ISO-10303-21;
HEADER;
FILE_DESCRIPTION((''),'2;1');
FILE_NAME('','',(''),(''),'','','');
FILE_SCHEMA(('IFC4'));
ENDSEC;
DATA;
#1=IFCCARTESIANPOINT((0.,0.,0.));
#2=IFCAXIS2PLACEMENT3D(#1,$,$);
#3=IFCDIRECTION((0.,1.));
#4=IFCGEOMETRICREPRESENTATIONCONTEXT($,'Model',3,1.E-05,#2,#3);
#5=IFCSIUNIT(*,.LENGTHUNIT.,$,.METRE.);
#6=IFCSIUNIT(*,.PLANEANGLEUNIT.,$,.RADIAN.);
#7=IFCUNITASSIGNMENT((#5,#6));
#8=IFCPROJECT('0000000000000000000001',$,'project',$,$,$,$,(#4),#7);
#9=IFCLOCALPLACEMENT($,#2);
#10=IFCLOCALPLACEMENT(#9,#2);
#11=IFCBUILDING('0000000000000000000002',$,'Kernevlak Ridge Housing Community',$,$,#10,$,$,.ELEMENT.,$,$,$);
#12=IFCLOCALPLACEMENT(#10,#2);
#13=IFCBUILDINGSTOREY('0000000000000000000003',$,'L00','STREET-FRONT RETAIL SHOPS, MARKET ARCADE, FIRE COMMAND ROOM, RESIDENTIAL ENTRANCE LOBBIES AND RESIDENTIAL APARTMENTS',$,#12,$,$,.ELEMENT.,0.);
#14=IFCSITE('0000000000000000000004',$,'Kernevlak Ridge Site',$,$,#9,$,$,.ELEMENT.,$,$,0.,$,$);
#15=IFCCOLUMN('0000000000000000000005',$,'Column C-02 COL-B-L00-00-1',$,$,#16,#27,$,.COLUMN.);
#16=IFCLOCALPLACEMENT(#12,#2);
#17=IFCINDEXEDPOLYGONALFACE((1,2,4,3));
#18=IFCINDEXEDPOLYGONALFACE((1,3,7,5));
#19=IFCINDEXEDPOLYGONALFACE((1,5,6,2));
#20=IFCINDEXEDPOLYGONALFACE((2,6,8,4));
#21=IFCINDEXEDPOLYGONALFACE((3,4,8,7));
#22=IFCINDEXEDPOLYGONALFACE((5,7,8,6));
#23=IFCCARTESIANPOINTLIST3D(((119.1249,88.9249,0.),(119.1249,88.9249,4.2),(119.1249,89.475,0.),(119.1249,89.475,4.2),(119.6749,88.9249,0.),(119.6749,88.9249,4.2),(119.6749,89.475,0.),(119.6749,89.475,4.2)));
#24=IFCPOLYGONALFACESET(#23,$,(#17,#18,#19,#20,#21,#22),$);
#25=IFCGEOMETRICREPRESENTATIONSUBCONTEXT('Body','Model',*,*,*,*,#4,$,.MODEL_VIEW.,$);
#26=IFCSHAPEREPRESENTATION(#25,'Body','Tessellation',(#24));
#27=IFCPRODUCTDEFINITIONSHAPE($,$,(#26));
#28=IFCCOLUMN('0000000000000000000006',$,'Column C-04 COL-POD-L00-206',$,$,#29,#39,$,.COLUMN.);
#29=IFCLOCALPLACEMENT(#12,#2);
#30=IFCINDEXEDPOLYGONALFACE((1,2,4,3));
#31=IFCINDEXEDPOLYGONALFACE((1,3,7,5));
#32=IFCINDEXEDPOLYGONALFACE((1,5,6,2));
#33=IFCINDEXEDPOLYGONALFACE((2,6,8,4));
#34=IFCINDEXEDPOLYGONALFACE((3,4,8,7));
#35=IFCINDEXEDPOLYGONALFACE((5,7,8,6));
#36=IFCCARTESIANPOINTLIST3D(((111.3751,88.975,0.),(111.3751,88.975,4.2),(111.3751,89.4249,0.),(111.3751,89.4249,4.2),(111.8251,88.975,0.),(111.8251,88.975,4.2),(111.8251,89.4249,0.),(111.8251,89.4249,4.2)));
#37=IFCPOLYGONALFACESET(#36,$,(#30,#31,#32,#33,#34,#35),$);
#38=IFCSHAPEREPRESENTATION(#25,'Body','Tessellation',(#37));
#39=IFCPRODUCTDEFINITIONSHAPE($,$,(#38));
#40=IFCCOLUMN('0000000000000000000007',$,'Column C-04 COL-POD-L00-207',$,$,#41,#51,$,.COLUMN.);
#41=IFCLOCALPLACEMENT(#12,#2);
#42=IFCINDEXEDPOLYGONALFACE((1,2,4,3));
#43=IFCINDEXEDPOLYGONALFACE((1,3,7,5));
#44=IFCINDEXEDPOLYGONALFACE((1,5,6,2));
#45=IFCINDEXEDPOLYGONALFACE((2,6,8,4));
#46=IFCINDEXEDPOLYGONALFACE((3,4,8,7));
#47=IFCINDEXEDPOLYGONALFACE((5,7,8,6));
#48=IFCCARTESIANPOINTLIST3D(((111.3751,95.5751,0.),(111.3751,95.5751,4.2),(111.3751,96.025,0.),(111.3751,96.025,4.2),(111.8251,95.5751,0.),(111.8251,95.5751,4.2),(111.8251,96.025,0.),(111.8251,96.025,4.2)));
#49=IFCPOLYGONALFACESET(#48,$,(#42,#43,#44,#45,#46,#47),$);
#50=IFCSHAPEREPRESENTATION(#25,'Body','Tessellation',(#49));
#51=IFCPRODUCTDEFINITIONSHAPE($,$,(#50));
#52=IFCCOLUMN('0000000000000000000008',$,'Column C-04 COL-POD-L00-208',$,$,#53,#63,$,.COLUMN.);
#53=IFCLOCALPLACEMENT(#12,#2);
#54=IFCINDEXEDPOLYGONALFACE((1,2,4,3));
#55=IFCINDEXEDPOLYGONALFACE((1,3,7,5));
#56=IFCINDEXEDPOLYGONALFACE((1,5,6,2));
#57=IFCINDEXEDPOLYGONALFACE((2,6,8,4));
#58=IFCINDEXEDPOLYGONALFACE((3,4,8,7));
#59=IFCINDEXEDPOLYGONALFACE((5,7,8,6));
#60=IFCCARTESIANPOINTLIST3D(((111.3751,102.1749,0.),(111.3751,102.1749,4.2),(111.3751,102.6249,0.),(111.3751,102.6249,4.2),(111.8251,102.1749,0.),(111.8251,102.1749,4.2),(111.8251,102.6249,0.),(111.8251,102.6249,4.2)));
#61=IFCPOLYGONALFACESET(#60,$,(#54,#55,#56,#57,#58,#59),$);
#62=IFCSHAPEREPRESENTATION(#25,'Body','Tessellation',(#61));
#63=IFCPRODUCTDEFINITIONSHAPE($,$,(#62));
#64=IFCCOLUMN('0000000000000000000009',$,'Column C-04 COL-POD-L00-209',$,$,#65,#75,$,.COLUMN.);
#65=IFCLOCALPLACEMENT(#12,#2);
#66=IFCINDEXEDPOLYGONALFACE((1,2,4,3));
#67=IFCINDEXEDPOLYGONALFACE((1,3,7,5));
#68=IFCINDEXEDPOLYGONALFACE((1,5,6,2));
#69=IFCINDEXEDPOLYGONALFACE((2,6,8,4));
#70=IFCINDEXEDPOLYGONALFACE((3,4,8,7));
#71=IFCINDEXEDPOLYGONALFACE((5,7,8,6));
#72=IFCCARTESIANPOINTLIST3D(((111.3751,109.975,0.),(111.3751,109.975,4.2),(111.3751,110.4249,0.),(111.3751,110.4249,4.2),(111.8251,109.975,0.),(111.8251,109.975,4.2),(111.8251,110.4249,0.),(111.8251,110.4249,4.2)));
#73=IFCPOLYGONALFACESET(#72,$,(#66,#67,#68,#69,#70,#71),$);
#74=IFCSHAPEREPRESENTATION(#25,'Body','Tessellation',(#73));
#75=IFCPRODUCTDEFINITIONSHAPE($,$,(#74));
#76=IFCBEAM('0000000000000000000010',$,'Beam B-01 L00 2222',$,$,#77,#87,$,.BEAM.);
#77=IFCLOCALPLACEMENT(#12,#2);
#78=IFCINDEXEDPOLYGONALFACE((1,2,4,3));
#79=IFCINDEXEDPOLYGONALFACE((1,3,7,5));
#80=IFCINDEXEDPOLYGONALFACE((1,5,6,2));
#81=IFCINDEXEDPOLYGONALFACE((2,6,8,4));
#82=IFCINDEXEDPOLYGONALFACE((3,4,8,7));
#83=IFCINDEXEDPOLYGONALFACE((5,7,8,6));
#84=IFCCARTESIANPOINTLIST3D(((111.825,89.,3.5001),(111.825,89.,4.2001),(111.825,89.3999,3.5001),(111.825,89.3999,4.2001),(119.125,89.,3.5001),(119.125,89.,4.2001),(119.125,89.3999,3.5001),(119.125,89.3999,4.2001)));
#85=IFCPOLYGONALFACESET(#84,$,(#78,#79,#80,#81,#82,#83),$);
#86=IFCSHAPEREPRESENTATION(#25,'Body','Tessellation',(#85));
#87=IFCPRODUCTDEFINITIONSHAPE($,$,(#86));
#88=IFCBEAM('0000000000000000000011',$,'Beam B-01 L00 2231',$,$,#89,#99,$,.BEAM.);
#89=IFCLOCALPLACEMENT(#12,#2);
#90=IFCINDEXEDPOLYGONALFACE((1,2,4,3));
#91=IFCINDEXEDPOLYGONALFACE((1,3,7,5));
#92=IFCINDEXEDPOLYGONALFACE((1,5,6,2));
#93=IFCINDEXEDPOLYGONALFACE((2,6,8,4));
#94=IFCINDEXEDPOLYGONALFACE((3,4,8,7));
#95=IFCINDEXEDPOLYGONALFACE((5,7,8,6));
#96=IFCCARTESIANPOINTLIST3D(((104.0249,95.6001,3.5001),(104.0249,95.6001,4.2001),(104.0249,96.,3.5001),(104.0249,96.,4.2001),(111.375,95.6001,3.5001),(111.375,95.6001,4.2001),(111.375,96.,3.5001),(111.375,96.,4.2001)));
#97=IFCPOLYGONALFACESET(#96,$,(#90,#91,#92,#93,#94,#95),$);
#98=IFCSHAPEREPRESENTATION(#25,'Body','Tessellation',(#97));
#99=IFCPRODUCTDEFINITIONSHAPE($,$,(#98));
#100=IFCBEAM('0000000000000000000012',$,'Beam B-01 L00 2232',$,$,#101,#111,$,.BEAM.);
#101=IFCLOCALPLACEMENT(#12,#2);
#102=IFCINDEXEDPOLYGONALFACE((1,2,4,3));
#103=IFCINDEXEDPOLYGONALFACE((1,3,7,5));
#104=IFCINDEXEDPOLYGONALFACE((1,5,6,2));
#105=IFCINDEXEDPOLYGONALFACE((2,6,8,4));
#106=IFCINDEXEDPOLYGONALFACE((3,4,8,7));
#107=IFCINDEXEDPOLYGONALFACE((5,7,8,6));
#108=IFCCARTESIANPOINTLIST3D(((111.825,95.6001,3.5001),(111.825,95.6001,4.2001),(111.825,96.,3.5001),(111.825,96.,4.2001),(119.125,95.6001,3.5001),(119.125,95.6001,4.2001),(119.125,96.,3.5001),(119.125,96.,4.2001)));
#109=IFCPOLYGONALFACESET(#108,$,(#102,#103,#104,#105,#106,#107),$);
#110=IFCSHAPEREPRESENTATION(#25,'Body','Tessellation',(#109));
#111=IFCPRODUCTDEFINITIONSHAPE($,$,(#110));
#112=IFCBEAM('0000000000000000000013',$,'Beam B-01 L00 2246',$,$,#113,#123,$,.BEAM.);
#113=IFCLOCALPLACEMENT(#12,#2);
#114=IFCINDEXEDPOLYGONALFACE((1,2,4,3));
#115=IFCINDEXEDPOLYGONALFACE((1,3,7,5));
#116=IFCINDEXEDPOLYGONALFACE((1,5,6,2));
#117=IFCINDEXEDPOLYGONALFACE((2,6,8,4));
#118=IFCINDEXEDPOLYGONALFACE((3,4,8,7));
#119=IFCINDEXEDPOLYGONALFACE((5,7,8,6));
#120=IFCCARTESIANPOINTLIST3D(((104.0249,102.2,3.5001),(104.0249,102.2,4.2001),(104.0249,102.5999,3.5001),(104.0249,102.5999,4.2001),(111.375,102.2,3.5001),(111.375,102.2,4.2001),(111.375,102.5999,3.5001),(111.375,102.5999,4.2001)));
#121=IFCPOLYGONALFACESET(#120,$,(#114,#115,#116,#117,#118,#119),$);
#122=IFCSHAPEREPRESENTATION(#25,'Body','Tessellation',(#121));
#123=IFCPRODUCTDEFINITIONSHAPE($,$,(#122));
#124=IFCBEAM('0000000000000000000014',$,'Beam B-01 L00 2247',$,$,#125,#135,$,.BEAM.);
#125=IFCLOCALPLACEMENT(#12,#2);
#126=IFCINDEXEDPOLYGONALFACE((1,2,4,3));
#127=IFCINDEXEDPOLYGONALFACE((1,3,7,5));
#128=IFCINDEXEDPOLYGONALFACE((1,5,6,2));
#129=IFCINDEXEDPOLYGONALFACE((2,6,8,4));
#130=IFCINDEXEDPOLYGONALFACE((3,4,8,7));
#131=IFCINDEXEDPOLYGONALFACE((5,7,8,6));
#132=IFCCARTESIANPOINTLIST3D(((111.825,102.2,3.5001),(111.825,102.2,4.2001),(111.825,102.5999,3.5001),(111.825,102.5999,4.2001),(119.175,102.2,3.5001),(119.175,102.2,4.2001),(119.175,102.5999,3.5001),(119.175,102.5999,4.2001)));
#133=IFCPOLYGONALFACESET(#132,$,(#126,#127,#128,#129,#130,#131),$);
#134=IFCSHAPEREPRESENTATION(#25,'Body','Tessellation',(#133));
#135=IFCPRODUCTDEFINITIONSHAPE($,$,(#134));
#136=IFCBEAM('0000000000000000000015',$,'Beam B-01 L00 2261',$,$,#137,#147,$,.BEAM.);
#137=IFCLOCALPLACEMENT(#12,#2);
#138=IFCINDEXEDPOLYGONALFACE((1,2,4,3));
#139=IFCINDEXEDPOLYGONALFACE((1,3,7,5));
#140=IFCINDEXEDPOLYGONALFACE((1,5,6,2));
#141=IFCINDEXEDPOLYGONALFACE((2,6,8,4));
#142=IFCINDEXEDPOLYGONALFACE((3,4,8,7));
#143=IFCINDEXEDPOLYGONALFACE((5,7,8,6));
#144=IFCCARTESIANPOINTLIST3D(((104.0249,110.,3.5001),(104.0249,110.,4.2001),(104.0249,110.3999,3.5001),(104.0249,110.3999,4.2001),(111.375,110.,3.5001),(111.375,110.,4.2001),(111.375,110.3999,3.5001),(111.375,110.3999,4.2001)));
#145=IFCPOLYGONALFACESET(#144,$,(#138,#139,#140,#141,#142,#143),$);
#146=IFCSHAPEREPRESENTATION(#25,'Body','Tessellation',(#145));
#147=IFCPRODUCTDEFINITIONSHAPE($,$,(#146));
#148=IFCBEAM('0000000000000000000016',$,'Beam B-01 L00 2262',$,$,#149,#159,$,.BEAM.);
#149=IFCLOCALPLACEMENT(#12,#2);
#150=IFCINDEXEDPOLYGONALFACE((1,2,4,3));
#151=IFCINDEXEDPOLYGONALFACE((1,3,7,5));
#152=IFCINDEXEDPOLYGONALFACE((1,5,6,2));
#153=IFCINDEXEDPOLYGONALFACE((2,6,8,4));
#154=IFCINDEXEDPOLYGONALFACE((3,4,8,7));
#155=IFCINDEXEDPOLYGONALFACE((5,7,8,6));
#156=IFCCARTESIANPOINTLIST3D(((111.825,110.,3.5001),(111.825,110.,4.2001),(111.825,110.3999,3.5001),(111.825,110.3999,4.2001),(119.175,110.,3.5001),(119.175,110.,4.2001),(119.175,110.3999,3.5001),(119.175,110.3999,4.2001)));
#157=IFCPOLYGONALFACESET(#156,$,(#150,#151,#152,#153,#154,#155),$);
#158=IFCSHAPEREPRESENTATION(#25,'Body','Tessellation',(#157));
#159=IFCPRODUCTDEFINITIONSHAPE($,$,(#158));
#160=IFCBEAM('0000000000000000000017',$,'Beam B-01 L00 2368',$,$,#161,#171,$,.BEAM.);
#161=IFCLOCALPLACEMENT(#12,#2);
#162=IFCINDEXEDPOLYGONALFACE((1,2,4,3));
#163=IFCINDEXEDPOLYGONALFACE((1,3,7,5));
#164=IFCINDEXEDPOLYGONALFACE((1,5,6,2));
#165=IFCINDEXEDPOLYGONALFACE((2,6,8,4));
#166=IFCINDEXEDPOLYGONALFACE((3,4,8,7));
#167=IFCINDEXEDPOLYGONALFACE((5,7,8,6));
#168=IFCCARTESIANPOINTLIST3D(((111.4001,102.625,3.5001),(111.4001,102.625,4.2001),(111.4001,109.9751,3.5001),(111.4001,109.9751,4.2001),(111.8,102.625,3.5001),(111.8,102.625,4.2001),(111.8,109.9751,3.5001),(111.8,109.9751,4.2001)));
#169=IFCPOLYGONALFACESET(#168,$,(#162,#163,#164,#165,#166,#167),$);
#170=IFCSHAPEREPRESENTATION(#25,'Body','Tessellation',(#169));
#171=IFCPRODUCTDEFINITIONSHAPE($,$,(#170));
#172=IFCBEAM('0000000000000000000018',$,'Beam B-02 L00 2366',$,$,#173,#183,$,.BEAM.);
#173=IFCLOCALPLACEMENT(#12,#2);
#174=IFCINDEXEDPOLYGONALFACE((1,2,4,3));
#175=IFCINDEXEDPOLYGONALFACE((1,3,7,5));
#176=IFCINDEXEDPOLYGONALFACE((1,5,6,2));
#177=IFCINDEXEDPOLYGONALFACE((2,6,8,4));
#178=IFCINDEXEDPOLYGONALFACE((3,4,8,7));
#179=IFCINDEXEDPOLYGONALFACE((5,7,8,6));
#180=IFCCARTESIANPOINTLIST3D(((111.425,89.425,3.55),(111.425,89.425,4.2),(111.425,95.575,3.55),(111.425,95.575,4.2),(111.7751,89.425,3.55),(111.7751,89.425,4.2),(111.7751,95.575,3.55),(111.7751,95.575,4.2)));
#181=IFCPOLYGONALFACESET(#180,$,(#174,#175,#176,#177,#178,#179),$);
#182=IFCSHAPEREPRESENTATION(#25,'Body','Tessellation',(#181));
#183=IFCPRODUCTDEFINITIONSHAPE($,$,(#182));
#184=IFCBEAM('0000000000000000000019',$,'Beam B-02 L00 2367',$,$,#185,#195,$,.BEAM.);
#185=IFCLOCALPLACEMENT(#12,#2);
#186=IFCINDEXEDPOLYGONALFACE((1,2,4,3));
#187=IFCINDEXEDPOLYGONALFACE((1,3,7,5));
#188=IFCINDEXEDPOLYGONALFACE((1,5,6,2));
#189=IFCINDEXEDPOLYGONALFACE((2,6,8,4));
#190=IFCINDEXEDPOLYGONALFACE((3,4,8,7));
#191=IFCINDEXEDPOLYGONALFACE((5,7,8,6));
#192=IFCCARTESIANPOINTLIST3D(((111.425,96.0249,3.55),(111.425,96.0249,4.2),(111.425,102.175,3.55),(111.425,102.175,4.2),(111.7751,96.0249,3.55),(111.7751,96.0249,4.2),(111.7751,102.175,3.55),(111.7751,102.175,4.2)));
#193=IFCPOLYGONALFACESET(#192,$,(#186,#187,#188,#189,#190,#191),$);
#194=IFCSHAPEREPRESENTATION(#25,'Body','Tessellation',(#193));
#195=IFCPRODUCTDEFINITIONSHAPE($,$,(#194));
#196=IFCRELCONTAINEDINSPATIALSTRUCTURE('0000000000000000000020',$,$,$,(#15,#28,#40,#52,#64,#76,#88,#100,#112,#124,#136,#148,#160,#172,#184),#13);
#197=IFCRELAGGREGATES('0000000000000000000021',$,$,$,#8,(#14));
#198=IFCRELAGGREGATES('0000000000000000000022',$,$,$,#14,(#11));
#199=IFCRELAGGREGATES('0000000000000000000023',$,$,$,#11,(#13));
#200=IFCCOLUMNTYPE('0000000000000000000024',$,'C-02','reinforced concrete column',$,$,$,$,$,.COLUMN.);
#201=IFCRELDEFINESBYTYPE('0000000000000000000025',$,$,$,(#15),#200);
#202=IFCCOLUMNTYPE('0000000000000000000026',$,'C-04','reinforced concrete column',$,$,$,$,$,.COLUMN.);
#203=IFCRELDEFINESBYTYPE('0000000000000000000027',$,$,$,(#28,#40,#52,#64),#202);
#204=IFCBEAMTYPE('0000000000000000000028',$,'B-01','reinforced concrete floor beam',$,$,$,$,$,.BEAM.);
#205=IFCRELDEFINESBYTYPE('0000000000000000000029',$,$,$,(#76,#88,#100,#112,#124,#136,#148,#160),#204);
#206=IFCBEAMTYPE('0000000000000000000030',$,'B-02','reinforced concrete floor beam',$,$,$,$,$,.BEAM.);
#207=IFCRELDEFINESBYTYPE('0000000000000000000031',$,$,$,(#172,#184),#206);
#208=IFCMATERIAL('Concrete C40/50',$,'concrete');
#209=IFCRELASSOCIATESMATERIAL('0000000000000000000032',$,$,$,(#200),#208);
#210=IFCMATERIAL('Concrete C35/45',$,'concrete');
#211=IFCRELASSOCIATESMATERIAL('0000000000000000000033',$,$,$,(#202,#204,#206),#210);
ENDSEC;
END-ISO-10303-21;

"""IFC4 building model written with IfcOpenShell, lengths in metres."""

from ifc_helpers import new_model, si_unit, direction, frame, origin, origin_2d, place, context, subcontext, project, spatial, rectangle, extrude, material, material_profile, profile_set, type_object, element, save


model = new_model("IFC4")

# Units and contexts
model_context = context("Model", 3, precision=1e-05, world=origin(), true_north=direction((0.0, 1.0)))
body_context = subcontext(model_context, "Body", "Model", "MODEL_VIEW")
ifc_project = project(units=[si_unit("LENGTHUNIT", "METRE"), si_unit("PLANEANGLEUNIT", "RADIAN")], contexts=[model_context])

# Site, building, storey
site_placement = place(None, origin())
site = spatial("IfcSite", under=ifc_project, at=site_placement, Name="Kernevlak Ridge Site", CompositionType="ELEMENT", RefElevation=0.0)
building_placement = place(site_placement, origin())
building = spatial("IfcBuilding", under=site, at=building_placement, Name="Kernevlak Ridge Housing Community", CompositionType="ELEMENT")
storey_placement = place(building_placement, origin())
storey = spatial("IfcBuildingStorey", under=building, at=storey_placement, Name="L00", Description="STREET-FRONT RETAIL SHOPS, MARKET ARCADE, FIRE COMMAND ROOM, RESIDENTIAL ENTRANCE LOBBIES AND RESIDENTIAL APARTMENTS", CompositionType="ELEMENT", Elevation=0.0)

# Columns
ifc_material_1 = material(Name="Concrete C40/50", Category="concrete")
ifc_material_profile_1 = material_profile(ifc_material_1, rectangle(XDim=0.55, YDim=0.55, at=origin_2d()), Name="RC 550x550")
ifc_profile_set_1 = profile_set([ifc_material_profile_1], Name="Concrete C40/50")
column_type_1 = type_object("IfcColumnType", Name="C-02", Description="reinforced concrete column", PredefinedType="COLUMN", material=ifc_profile_set_1)
column_placement = place(storey_placement, frame((119.3999, 89.2, 0.0), z_axis=(0.0, 0.0, 1.0), x_axis=(1.0, 0.0, 0.0)))
element("IfcColumn", 1, at=column_placement, inside=storey, type_object=column_type_1, Name="Column C-02 COL-B-L00-00-1", PredefinedType="COLUMN", context=body_context, shape_type="SweptSolid", body=[
    extrude(rectangle(XDim=0.55, YDim=0.55, at=origin_2d()), origin(), (0.0, 0.0, 1.0), 4.2),
])
ifc_material_2 = material(Name="Concrete C35/45", Category="concrete")
ifc_material_profile_2 = material_profile(ifc_material_2, rectangle(XDim=0.45, YDim=0.45, at=origin_2d()), Name="RC 450x450")
ifc_profile_set_2 = profile_set([ifc_material_profile_2], Name="Concrete C35/45")
column_type_2 = type_object("IfcColumnType", Name="C-04", Description="reinforced concrete column", PredefinedType="COLUMN", material=ifc_profile_set_2)
for number, where, z_axis, x_axis, name in (
    (2, (111.6001, 89.2, 0.0), (0.0, 0.0, 1.0), (1.0, 0.0, 0.0), "Column C-04 COL-POD-L00-206"),
    (3, (111.6001, 95.8, 0.0), (0.0, 0.0, 1.0), (1.0, 0.0, 0.0), "Column C-04 COL-POD-L00-207"),
    (4, (111.6001, 102.3999, 0.0), (0.0, 0.0, 1.0), (1.0, 0.0, 0.0), "Column C-04 COL-POD-L00-208"),
    (5, (111.6001, 110.2, 0.0), (0.0, 0.0, 1.0), (1.0, 0.0, 0.0), "Column C-04 COL-POD-L00-209"),
):
    element("IfcColumn", number, at=place(storey_placement, frame(where, z_axis=z_axis, x_axis=x_axis)), inside=storey, type_object=column_type_2, Name=name, PredefinedType="COLUMN", context=body_context, shape_type="SweptSolid", body=[
        extrude(rectangle(XDim=0.45, YDim=0.45, at=origin_2d()), origin(), (0.0, 0.0, 1.0), 4.2),
    ])

# Beams
ifc_material_profile_3 = material_profile(ifc_material_2, rectangle(XDim=0.3999, YDim=0.7, at=origin_2d()), Name="RC 400x700")
ifc_profile_set_3 = profile_set([ifc_material_profile_3], Name="Concrete C35/45")
beam_type_1 = type_object("IfcBeamType", Name="B-01", Description="reinforced concrete floor beam", PredefinedType="BEAM", material=ifc_profile_set_3)
beam_1_placement = place(storey_placement, frame((111.825, 89.2, 3.8501), z_axis=(1.0, 0.0, 0.0), x_axis=(0.0, 1.0, 0.0)))
element("IfcBeam", 6, at=beam_1_placement, inside=storey, type_object=beam_type_1, Name="Beam B-01 L00 2222", PredefinedType="BEAM", context=body_context, shape_type="SweptSolid", body=[
    extrude(rectangle(XDim=0.3999, YDim=0.7, at=origin_2d()), origin(), (0.0, 0.0, 1.0), 7.3),
])
beam_2_placement = place(storey_placement, frame((104.0249, 95.8, 3.8501), z_axis=(1.0, 0.0, 0.0), x_axis=(0.0, 1.0, 0.0)))
element("IfcBeam", 7, at=beam_2_placement, inside=storey, type_object=beam_type_1, Name="Beam B-01 L00 2231", PredefinedType="BEAM", context=body_context, shape_type="SweptSolid", body=[
    extrude(rectangle(XDim=0.3999, YDim=0.7, at=origin_2d()), origin(), (0.0, 0.0, 1.0), 7.3501),
])
beam_3_placement = place(storey_placement, frame((111.825, 95.8, 3.8501), z_axis=(1.0, 0.0, 0.0), x_axis=(0.0, 1.0, 0.0)))
element("IfcBeam", 8, at=beam_3_placement, inside=storey, type_object=beam_type_1, Name="Beam B-01 L00 2232", PredefinedType="BEAM", context=body_context, shape_type="SweptSolid", body=[
    extrude(rectangle(XDim=0.3999, YDim=0.7, at=origin_2d()), origin(), (0.0, 0.0, 1.0), 7.3),
])
for number, where, z_axis, x_axis, name in (
    (9, (104.0249, 102.3999, 3.8501), (1.0, 0.0, 0.0), (0.0, 1.0, 0.0), "Beam B-01 L00 2246"),
    (10, (111.825, 102.3999, 3.8501), (1.0, 0.0, 0.0), (0.0, 1.0, 0.0), "Beam B-01 L00 2247"),
    (11, (104.0249, 110.2, 3.8501), (1.0, 0.0, 0.0), (0.0, 1.0, 0.0), "Beam B-01 L00 2261"),
    (12, (111.825, 110.2, 3.8501), (1.0, 0.0, 0.0), (0.0, 1.0, 0.0), "Beam B-01 L00 2262"),
    (13, (111.6001, 102.625, 3.8501), (0.0, 1.0, 0.0), (-1.0, 0.0, 0.0), "Beam B-01 L00 2368"),
):
    element("IfcBeam", number, at=place(storey_placement, frame(where, z_axis=z_axis, x_axis=x_axis)), inside=storey, type_object=beam_type_1, Name=name, PredefinedType="BEAM", context=body_context, shape_type="SweptSolid", body=[
        extrude(rectangle(XDim=0.3999, YDim=0.7, at=origin_2d()), origin(), (0.0, 0.0, 1.0), 7.3501),
    ])
ifc_material_profile_4 = material_profile(ifc_material_2, rectangle(XDim=0.3501, YDim=0.6499, at=origin_2d()), Name="RC 350x650")
ifc_profile_set_4 = profile_set([ifc_material_profile_4], Name="Concrete C35/45")
beam_type_2 = type_object("IfcBeamType", Name="B-02", Description="reinforced concrete floor beam", PredefinedType="BEAM", material=ifc_profile_set_4)
beam_4_placement = place(storey_placement, frame((111.6001, 89.425, 3.875), z_axis=(0.0, 1.0, 0.0), x_axis=(-1.0, 0.0, 0.0)))
element("IfcBeam", 14, at=beam_4_placement, inside=storey, type_object=beam_type_2, Name="Beam B-02 L00 2366", PredefinedType="BEAM", context=body_context, shape_type="SweptSolid", body=[
    extrude(rectangle(XDim=0.3501, YDim=0.6499, at=origin_2d()), origin(), (0.0, 0.0, 1.0), 6.1499),
])
beam_5_placement = place(storey_placement, frame((111.6001, 96.0249, 3.875), z_axis=(0.0, 1.0, 0.0), x_axis=(-1.0, 0.0, 0.0)))
element("IfcBeam", 15, at=beam_5_placement, inside=storey, type_object=beam_type_2, Name="Beam B-02 L00 2367", PredefinedType="BEAM", context=body_context, shape_type="SweptSolid", body=[
    extrude(rectangle(XDim=0.3501, YDim=0.6499, at=origin_2d()), origin(), (0.0, 0.0, 1.0), 6.1501),
])

save(model, "model.ifc")
